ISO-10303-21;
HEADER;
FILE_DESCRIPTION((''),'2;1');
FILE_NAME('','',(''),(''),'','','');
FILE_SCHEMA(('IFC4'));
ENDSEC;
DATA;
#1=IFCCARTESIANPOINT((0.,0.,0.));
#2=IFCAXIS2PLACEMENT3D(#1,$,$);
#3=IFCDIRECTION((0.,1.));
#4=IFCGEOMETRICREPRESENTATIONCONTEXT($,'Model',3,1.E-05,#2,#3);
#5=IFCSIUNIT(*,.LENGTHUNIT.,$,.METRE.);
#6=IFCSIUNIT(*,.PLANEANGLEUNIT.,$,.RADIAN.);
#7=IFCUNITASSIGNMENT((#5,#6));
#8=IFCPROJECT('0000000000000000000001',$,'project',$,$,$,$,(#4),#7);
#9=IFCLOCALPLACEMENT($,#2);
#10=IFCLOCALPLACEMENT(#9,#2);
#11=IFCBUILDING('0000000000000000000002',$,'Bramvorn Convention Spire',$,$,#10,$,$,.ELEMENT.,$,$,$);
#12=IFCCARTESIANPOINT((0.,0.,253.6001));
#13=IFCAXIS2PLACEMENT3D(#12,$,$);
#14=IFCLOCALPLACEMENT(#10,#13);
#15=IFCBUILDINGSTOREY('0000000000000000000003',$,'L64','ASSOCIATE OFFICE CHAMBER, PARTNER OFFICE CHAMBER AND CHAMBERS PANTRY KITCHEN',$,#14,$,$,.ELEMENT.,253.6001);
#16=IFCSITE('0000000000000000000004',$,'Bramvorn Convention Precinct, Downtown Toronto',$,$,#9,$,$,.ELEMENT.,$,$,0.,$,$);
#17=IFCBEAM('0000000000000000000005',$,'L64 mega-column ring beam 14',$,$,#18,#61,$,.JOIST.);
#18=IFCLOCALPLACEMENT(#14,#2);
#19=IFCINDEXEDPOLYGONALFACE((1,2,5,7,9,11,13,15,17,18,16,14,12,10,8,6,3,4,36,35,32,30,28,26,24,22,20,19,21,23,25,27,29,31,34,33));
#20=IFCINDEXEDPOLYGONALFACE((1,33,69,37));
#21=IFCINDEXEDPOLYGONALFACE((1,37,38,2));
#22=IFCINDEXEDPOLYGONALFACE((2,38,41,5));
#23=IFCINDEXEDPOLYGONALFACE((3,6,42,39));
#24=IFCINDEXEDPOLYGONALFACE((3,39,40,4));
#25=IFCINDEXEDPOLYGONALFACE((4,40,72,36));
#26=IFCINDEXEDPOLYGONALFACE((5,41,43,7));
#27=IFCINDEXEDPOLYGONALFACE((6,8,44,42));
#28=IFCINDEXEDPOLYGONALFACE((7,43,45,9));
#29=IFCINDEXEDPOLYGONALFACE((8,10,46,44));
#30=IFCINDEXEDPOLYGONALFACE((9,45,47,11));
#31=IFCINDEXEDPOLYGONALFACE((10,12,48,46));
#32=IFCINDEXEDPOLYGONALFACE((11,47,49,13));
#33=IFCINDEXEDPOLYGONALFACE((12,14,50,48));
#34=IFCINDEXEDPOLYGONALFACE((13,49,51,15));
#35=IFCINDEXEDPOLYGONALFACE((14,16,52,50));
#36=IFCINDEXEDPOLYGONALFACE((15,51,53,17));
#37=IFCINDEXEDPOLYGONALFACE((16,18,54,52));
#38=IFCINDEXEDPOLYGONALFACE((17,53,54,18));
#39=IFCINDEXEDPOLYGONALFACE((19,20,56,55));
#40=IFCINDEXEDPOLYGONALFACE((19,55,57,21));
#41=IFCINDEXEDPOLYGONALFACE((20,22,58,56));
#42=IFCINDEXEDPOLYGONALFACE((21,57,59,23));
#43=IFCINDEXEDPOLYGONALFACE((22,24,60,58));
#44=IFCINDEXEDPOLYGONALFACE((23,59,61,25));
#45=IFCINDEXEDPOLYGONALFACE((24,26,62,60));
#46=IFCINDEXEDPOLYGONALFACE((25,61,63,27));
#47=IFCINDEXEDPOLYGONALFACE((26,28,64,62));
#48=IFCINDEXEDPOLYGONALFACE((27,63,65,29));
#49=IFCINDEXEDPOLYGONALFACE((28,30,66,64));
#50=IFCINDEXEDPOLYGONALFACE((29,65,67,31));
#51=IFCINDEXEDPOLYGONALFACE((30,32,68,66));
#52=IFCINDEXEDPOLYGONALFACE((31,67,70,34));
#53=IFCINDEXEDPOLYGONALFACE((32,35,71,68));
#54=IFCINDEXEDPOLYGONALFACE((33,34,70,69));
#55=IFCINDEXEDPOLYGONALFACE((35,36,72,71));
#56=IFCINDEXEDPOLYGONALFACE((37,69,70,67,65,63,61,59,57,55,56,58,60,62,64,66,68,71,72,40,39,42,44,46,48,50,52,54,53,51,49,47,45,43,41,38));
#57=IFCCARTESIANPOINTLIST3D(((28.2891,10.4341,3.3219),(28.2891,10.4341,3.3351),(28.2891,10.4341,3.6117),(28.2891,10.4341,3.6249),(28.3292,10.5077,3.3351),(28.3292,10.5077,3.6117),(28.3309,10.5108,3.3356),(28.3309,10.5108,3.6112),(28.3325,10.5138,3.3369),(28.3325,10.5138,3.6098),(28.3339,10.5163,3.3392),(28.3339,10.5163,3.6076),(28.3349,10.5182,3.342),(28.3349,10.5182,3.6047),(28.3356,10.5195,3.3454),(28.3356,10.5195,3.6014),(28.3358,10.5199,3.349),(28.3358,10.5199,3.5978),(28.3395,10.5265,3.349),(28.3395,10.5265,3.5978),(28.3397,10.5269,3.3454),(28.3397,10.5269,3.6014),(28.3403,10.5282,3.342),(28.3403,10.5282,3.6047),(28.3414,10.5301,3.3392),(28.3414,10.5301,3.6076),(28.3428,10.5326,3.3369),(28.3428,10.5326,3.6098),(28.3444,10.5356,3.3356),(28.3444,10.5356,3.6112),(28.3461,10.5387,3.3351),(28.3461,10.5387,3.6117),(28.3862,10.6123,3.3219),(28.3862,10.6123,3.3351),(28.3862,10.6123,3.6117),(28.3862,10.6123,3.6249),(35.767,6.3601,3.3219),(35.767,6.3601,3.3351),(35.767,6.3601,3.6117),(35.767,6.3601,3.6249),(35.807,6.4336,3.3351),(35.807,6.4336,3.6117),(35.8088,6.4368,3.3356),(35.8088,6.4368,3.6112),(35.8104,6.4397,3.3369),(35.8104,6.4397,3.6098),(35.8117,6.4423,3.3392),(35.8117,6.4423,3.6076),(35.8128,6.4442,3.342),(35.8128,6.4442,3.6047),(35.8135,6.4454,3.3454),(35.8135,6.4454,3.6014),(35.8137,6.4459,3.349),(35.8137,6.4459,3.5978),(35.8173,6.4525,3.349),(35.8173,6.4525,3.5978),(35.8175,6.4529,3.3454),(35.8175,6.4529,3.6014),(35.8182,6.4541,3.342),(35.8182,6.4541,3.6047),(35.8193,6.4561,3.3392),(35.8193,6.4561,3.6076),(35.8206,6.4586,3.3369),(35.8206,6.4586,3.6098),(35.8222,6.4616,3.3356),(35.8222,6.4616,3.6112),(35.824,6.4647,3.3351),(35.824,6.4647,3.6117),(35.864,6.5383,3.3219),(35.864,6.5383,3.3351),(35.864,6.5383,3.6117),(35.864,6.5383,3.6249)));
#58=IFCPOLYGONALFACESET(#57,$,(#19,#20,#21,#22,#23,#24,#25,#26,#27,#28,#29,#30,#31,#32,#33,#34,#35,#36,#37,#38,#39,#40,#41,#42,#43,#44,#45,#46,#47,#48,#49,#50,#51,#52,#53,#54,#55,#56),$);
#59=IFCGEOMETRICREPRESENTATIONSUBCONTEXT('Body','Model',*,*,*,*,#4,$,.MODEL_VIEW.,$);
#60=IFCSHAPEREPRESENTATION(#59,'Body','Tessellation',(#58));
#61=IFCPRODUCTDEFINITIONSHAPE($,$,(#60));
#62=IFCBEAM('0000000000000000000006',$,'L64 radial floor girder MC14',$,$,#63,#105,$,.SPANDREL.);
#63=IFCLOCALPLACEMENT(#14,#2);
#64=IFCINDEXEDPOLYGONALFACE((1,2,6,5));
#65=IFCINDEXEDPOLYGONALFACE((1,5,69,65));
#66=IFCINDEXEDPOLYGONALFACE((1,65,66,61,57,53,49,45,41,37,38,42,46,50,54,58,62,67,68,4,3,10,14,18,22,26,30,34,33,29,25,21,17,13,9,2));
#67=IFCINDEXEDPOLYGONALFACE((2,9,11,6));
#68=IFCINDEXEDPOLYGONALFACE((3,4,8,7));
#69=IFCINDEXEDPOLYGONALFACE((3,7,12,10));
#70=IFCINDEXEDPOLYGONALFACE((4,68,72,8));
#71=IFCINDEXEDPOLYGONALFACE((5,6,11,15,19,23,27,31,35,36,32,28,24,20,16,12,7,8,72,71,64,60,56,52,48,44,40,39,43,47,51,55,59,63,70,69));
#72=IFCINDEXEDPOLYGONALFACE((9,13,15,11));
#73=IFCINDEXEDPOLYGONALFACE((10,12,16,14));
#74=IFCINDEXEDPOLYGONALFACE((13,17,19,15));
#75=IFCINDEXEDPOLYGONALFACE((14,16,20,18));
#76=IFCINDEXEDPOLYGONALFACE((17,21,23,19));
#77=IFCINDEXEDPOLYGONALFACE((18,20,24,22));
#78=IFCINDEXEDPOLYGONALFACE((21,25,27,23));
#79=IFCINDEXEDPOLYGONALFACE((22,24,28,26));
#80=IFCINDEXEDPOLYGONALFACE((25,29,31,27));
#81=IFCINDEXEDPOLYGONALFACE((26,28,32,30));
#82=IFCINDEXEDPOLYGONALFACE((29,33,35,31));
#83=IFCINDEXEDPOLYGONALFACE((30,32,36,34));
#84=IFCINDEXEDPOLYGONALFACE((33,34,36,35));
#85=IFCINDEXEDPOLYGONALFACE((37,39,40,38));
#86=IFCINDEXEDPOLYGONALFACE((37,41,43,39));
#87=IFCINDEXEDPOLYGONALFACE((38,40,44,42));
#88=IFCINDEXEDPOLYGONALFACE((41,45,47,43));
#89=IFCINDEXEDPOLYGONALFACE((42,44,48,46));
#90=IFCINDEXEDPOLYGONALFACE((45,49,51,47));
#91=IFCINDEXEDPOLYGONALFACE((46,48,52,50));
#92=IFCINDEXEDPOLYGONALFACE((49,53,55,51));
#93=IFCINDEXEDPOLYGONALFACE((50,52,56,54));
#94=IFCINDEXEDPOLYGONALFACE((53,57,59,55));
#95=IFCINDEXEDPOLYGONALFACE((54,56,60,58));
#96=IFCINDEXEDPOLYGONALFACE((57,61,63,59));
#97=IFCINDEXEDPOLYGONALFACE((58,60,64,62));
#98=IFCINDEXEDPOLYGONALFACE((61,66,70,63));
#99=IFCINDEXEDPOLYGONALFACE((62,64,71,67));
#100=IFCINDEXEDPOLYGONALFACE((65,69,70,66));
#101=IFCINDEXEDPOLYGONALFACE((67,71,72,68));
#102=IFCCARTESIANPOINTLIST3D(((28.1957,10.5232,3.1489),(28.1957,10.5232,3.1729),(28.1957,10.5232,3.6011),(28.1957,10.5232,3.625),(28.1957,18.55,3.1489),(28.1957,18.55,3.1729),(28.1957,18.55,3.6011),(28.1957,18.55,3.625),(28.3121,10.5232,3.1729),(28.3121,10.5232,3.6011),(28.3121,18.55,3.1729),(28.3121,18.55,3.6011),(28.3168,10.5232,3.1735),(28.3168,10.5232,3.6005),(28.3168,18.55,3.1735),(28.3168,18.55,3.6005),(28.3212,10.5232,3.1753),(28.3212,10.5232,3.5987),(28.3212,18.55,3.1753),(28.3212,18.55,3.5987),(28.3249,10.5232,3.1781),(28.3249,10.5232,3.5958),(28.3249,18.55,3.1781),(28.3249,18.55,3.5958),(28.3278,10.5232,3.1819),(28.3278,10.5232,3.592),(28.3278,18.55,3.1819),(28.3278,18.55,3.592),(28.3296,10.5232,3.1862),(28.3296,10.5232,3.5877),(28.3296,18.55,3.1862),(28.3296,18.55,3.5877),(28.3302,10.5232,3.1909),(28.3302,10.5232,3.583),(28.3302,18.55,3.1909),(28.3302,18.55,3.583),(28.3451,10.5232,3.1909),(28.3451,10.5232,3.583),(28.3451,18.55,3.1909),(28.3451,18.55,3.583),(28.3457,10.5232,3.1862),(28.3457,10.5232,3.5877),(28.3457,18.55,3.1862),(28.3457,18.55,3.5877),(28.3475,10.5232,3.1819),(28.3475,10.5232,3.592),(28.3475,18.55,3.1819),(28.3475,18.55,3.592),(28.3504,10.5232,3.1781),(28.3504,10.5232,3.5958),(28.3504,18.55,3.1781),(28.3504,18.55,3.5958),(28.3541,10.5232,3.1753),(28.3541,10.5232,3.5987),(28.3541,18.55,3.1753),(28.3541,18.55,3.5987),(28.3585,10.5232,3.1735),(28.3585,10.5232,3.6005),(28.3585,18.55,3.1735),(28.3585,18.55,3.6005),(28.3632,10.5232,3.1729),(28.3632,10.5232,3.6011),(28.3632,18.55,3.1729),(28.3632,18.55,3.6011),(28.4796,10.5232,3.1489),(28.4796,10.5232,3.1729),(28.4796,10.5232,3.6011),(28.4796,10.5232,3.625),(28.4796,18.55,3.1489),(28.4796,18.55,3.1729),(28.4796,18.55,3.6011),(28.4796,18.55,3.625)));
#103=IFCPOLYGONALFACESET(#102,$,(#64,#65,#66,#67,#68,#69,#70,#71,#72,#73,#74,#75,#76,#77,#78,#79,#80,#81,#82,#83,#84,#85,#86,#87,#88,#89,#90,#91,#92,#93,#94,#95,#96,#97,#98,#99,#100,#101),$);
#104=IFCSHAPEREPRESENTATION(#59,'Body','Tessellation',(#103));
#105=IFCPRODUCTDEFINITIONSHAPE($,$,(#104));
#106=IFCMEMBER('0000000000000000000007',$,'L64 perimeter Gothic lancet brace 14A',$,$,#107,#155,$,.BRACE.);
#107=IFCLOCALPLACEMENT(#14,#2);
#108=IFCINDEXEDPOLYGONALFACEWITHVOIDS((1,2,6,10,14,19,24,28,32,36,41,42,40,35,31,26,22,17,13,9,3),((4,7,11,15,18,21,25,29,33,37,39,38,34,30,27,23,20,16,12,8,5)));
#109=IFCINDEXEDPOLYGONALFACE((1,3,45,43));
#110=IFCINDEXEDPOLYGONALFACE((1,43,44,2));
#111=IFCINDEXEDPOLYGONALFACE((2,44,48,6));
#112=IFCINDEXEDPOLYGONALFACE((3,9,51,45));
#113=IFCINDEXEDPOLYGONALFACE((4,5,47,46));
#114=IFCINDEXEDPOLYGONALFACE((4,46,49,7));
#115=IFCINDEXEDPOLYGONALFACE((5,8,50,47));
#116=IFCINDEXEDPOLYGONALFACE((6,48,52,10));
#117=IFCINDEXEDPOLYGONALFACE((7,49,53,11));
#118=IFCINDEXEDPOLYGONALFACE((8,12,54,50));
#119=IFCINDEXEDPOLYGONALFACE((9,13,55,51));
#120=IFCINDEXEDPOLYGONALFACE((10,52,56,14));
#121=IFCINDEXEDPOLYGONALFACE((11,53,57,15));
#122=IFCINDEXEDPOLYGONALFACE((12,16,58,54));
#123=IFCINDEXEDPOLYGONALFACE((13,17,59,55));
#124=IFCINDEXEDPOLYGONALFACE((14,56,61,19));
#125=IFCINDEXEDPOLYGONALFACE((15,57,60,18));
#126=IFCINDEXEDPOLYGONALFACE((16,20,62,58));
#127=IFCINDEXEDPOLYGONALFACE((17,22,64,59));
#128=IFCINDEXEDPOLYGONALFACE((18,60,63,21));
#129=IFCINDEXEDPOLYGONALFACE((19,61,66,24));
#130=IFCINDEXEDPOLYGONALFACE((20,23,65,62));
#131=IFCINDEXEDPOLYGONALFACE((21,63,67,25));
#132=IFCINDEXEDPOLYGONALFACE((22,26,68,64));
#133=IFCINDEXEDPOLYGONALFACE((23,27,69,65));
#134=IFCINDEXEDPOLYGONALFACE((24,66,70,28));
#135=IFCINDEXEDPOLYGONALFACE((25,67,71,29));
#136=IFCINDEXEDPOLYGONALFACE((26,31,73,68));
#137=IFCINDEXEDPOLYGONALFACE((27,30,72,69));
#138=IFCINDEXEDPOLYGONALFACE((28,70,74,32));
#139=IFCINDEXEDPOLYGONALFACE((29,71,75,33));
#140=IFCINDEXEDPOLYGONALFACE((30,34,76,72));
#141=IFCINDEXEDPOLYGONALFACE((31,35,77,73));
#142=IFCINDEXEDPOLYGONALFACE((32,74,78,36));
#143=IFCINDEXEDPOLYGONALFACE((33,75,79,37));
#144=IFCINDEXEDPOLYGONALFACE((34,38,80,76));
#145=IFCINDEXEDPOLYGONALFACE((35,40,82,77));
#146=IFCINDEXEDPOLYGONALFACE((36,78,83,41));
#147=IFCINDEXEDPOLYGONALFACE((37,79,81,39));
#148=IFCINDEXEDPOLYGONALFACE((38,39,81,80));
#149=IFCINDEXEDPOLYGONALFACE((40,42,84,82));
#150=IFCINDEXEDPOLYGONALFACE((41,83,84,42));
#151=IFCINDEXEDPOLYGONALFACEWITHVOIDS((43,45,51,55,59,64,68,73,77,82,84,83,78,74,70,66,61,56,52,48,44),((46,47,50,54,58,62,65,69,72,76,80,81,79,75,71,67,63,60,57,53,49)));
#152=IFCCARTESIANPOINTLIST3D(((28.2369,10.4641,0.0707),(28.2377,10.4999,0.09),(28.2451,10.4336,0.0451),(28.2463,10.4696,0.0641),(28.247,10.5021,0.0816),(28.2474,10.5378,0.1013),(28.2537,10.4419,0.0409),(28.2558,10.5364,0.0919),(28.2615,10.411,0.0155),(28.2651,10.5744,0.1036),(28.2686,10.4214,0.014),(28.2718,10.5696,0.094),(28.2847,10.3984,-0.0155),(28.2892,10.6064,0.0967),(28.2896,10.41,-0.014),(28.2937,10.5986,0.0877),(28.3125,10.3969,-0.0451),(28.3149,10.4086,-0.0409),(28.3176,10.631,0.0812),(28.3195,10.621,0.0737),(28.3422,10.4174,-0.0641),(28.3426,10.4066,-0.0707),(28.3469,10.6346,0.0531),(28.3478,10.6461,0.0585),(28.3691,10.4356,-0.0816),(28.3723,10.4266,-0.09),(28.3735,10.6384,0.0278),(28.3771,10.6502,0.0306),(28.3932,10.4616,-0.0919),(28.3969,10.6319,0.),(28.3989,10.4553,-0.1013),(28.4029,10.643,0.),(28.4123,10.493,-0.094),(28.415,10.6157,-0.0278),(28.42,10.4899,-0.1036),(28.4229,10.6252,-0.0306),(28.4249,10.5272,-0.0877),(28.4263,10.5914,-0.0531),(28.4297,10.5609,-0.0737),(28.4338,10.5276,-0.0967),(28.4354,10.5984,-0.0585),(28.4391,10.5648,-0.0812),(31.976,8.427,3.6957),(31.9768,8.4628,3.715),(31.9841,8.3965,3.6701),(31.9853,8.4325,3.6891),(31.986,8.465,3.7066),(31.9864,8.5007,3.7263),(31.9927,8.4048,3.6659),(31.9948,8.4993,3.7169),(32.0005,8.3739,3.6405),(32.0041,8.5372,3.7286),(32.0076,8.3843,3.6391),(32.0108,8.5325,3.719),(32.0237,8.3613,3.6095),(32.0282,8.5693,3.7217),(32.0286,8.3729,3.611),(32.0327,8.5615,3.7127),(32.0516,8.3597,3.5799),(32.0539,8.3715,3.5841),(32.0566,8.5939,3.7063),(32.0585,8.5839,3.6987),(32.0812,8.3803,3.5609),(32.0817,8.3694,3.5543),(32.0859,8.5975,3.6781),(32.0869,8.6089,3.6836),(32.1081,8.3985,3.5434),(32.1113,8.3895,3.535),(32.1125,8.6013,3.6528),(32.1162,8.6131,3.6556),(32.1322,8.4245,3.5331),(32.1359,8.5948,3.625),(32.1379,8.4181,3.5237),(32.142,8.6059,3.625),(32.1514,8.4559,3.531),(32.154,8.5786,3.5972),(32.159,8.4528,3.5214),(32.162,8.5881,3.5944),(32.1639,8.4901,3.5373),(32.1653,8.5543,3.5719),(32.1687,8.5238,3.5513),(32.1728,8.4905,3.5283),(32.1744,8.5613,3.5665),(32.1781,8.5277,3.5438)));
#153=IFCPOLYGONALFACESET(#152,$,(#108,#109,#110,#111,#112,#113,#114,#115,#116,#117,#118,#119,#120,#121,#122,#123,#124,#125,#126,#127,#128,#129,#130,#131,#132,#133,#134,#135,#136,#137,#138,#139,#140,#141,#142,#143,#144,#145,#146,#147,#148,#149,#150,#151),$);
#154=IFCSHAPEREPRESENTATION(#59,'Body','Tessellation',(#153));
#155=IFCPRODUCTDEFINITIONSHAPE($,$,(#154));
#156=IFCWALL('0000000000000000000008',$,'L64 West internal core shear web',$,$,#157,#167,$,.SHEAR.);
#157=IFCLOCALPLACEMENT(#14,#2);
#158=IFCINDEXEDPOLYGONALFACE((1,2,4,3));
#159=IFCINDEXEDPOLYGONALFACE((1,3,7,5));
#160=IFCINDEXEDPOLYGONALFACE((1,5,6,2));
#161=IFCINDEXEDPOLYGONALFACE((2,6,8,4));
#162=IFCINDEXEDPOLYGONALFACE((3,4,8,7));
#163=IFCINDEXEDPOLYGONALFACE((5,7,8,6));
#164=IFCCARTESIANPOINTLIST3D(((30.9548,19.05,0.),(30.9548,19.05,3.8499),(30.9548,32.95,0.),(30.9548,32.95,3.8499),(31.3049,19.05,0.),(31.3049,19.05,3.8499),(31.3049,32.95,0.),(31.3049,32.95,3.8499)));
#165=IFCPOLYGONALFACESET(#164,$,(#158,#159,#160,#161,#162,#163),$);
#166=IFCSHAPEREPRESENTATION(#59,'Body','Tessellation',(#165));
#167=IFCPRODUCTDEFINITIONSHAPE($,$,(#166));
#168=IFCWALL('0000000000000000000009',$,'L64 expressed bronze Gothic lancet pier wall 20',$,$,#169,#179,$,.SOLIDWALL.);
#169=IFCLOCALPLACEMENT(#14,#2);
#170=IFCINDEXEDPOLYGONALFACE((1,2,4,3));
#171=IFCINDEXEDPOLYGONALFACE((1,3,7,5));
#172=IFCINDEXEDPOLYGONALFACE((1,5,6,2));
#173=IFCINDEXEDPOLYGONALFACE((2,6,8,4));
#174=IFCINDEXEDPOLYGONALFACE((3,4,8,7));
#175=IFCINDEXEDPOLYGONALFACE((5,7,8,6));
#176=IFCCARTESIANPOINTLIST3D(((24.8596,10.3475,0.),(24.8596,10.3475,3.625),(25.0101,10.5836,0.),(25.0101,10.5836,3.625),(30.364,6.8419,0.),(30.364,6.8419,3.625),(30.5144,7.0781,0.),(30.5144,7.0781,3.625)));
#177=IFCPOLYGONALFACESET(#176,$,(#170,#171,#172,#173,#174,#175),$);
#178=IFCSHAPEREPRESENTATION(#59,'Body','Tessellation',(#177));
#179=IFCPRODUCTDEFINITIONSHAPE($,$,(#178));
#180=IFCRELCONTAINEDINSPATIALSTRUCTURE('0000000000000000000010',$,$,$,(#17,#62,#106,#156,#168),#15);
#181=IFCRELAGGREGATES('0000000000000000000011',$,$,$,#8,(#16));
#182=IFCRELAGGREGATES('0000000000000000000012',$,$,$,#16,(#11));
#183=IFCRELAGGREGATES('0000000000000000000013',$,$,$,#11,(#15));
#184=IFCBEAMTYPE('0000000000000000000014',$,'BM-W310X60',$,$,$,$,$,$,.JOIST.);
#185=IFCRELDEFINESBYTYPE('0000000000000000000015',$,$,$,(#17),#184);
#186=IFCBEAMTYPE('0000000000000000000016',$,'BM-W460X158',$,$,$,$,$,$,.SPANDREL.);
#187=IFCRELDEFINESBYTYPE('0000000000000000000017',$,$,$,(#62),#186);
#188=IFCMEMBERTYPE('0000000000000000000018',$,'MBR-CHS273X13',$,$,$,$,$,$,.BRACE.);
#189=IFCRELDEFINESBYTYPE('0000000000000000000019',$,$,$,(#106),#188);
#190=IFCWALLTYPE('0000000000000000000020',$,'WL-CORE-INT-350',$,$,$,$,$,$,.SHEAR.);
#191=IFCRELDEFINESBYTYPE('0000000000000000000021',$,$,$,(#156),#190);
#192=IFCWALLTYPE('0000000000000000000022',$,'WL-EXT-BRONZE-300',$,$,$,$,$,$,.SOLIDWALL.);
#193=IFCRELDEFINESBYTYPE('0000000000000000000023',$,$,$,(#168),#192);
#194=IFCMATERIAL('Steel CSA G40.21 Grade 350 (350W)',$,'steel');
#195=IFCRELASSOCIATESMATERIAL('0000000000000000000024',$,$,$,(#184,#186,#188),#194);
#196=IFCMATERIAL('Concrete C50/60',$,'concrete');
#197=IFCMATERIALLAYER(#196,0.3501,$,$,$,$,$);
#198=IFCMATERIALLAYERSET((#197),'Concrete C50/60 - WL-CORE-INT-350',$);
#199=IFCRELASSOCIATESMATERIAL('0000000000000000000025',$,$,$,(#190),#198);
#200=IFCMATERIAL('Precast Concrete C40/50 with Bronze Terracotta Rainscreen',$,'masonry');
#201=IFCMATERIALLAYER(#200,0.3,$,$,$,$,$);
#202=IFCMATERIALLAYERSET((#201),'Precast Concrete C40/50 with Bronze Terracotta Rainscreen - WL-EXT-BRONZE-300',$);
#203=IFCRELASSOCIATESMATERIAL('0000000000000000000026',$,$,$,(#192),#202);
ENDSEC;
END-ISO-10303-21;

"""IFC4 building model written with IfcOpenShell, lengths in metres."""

from ifc_helpers import new_model, si_unit, direction, frame, frame_2d, origin, origin_2d, place, context, subcontext, project, spatial, rectangle, hollow_circle, i_section, extrude, material, layer, layer_set, material_profile, profile_set, type_object, element, save


model = new_model("IFC4")

# Units and contexts
model_context = context("Model", 3, precision=1e-05, world=origin(), true_north=direction((0.0, 1.0)))
body_context = subcontext(model_context, "Body", "Model", "MODEL_VIEW")
ifc_project = project(units=[si_unit("LENGTHUNIT", "METRE"), si_unit("PLANEANGLEUNIT", "RADIAN")], contexts=[model_context])

# Site, building, storey
site_placement = place(None, origin())
site = spatial("IfcSite", under=ifc_project, at=site_placement, Name="Bramvorn Convention Precinct, Downtown Toronto", CompositionType="ELEMENT", RefElevation=0.0)
building_placement = place(site_placement, origin())
building = spatial("IfcBuilding", under=site, at=building_placement, Name="Bramvorn Convention Spire", CompositionType="ELEMENT")
storey_placement = place(building_placement, frame((0.0, 0.0, 253.6001)))
storey = spatial("IfcBuildingStorey", under=building, at=storey_placement, Name="L64", Description="ASSOCIATE OFFICE CHAMBER, PARTNER OFFICE CHAMBER AND CHAMBERS PANTRY KITCHEN", CompositionType="ELEMENT", Elevation=253.6001)

# Shared definitions
ifc_material_1 = material(Name="Steel CSA G40.21 Grade 350 (350W)", Category="steel")

# Beams
ifc_material_profile_1 = material_profile(ifc_material_1, i_section(OverallWidth=0.2029, OverallDepth=0.303, WebThickness=0.0076, FlangeThickness=0.0132, FilletRadius=0.0139, at=origin_2d()))
ifc_profile_set_1 = profile_set([ifc_material_profile_1], Name="Steel CSA G40.21 Grade 350 (350W) - W310X60")
beam_type_1 = type_object("IfcBeamType", Name="BM-W310X60", PredefinedType="JOIST", material=ifc_profile_set_1)
beam_1_placement = place(storey_placement, frame((28.3376, 10.5232, 3.4734), z_axis=(0.878133, -0.478416, 0.0), x_axis=(0.478416, 0.878133, 0.0)))
element("IfcBeam", 1, at=beam_1_placement, inside=storey, type_object=beam_type_1, Name="L64 mega-column ring beam 14", PredefinedType="JOIST", context=body_context, shape_type="SweptSolid", body=[
    extrude(i_section(OverallWidth=0.2029, OverallDepth=0.303, WebThickness=0.0076, FlangeThickness=0.0132, FilletRadius=0.0139, at=origin_2d()), origin(), (0.0, 0.0, 1.0), 8.5156),
])
ifc_material_profile_2 = material_profile(ifc_material_1, i_section(OverallWidth=0.2839, OverallDepth=0.4761, WebThickness=0.0149, FlangeThickness=0.0239, FilletRadius=0.0181, at=origin_2d()))
ifc_profile_set_2 = profile_set([ifc_material_profile_2], Name="Steel CSA G40.21 Grade 350 (350W) - W460X158")
beam_type_2 = type_object("IfcBeamType", Name="BM-W460X158", PredefinedType="SPANDREL", material=ifc_profile_set_2)
beam_2_placement = place(storey_placement, frame((28.3376, 18.55, 3.387), z_axis=(0.0, -1.0, 0.0), x_axis=(1.0, 0.0, 0.0)))
element("IfcBeam", 2, at=beam_2_placement, inside=storey, type_object=beam_type_2, Name="L64 radial floor girder MC14", PredefinedType="SPANDREL", context=body_context, shape_type="SweptSolid", body=[
    extrude(i_section(OverallWidth=0.2839, OverallDepth=0.4761, WebThickness=0.0149, FlangeThickness=0.0239, FilletRadius=0.0181, at=origin_2d()), origin(), (0.0, 0.0, 1.0), 8.0269),
])

# Member
ifc_material_profile_3 = material_profile(ifc_material_1, hollow_circle(Radius=0.1365, WallThickness=0.0127, at=origin_2d()))
ifc_profile_set_3 = profile_set([ifc_material_profile_3], Name="Steel CSA G40.21 Grade 350 (350W) - CHS273X13")
member_type = type_object("IfcMemberType", Name="MBR-CHS273X13", PredefinedType="BRACE", material=ifc_profile_set_3)
member_placement = place(storey_placement, frame((28.3376, 10.5232, 0.0), z_axis=(0.668634, -0.364289, 0.648245), x_axis=(0.478426, 0.878128, 0.0)))
element("IfcMember", 3, at=member_placement, inside=storey, type_object=member_type, Name="L64 perimeter Gothic lancet brace 14A", PredefinedType="BRACE", context=body_context, shape_type="SweptSolid", body=[
    extrude(hollow_circle(Radius=0.1365, WallThickness=0.0127, at=origin_2d()), origin(), (0.0, 0.0, 1.0), 5.592),
])

# Walls
ifc_material_2 = material(Name="Concrete C50/60", Category="concrete")
ifc_layer_1 = layer(ifc_material_2, 0.3501)
ifc_layer_set_1 = layer_set([ifc_layer_1], Name="Concrete C50/60 - WL-CORE-INT-350")
wall_type_1 = type_object("IfcWallType", Name="WL-CORE-INT-350", PredefinedType="SHEAR", material=ifc_layer_set_1)
wall_1_placement = place(storey_placement, frame((31.1299, 19.05, 0.0), z_axis=(0.0, 0.0, 1.0), x_axis=(0.0, 1.0, 0.0)))
element("IfcWall", 4, at=wall_1_placement, inside=storey, type_object=wall_type_1, Name="L64 West internal core shear web", PredefinedType="SHEAR", context=body_context, shape_type="SweptSolid", body=[
    extrude(rectangle(XDim=13.8999, YDim=0.3501, at=frame_2d((6.95, 0.0))), origin(), (0.0, 0.0, 1.0), 3.8499),
])
ifc_material_3 = material(Name="Precast Concrete C40/50 with Bronze Terracotta Rainscreen", Category="masonry")
ifc_layer_2 = layer(ifc_material_3, 0.3)
ifc_layer_set_2 = layer_set([ifc_layer_2], Name="Precast Concrete C40/50 with Bronze Terracotta Rainscreen - WL-EXT-BRONZE-300")
wall_type_2 = type_object("IfcWallType", Name="WL-EXT-BRONZE-300", PredefinedType="SOLIDWALL", material=ifc_layer_set_2)
wall_2_placement = place(storey_placement, frame((30.4392, 6.96, 0.0), z_axis=(0.0, 0.0, 1.0), x_axis=(-0.843466, 0.537183, 0.0)))
element("IfcWall", 5, at=wall_2_placement, inside=storey, type_object=wall_type_2, Name="L64 expressed bronze Gothic lancet pier wall 20", PredefinedType="SOLIDWALL", context=body_context, shape_type="SweptSolid", body=[
    extrude(rectangle(XDim=6.5259, YDim=0.28, at=frame_2d((3.2629, 0.0))), origin(), (0.0, 0.0, 1.0), 3.625),
])

save(model, "model.ifc")
